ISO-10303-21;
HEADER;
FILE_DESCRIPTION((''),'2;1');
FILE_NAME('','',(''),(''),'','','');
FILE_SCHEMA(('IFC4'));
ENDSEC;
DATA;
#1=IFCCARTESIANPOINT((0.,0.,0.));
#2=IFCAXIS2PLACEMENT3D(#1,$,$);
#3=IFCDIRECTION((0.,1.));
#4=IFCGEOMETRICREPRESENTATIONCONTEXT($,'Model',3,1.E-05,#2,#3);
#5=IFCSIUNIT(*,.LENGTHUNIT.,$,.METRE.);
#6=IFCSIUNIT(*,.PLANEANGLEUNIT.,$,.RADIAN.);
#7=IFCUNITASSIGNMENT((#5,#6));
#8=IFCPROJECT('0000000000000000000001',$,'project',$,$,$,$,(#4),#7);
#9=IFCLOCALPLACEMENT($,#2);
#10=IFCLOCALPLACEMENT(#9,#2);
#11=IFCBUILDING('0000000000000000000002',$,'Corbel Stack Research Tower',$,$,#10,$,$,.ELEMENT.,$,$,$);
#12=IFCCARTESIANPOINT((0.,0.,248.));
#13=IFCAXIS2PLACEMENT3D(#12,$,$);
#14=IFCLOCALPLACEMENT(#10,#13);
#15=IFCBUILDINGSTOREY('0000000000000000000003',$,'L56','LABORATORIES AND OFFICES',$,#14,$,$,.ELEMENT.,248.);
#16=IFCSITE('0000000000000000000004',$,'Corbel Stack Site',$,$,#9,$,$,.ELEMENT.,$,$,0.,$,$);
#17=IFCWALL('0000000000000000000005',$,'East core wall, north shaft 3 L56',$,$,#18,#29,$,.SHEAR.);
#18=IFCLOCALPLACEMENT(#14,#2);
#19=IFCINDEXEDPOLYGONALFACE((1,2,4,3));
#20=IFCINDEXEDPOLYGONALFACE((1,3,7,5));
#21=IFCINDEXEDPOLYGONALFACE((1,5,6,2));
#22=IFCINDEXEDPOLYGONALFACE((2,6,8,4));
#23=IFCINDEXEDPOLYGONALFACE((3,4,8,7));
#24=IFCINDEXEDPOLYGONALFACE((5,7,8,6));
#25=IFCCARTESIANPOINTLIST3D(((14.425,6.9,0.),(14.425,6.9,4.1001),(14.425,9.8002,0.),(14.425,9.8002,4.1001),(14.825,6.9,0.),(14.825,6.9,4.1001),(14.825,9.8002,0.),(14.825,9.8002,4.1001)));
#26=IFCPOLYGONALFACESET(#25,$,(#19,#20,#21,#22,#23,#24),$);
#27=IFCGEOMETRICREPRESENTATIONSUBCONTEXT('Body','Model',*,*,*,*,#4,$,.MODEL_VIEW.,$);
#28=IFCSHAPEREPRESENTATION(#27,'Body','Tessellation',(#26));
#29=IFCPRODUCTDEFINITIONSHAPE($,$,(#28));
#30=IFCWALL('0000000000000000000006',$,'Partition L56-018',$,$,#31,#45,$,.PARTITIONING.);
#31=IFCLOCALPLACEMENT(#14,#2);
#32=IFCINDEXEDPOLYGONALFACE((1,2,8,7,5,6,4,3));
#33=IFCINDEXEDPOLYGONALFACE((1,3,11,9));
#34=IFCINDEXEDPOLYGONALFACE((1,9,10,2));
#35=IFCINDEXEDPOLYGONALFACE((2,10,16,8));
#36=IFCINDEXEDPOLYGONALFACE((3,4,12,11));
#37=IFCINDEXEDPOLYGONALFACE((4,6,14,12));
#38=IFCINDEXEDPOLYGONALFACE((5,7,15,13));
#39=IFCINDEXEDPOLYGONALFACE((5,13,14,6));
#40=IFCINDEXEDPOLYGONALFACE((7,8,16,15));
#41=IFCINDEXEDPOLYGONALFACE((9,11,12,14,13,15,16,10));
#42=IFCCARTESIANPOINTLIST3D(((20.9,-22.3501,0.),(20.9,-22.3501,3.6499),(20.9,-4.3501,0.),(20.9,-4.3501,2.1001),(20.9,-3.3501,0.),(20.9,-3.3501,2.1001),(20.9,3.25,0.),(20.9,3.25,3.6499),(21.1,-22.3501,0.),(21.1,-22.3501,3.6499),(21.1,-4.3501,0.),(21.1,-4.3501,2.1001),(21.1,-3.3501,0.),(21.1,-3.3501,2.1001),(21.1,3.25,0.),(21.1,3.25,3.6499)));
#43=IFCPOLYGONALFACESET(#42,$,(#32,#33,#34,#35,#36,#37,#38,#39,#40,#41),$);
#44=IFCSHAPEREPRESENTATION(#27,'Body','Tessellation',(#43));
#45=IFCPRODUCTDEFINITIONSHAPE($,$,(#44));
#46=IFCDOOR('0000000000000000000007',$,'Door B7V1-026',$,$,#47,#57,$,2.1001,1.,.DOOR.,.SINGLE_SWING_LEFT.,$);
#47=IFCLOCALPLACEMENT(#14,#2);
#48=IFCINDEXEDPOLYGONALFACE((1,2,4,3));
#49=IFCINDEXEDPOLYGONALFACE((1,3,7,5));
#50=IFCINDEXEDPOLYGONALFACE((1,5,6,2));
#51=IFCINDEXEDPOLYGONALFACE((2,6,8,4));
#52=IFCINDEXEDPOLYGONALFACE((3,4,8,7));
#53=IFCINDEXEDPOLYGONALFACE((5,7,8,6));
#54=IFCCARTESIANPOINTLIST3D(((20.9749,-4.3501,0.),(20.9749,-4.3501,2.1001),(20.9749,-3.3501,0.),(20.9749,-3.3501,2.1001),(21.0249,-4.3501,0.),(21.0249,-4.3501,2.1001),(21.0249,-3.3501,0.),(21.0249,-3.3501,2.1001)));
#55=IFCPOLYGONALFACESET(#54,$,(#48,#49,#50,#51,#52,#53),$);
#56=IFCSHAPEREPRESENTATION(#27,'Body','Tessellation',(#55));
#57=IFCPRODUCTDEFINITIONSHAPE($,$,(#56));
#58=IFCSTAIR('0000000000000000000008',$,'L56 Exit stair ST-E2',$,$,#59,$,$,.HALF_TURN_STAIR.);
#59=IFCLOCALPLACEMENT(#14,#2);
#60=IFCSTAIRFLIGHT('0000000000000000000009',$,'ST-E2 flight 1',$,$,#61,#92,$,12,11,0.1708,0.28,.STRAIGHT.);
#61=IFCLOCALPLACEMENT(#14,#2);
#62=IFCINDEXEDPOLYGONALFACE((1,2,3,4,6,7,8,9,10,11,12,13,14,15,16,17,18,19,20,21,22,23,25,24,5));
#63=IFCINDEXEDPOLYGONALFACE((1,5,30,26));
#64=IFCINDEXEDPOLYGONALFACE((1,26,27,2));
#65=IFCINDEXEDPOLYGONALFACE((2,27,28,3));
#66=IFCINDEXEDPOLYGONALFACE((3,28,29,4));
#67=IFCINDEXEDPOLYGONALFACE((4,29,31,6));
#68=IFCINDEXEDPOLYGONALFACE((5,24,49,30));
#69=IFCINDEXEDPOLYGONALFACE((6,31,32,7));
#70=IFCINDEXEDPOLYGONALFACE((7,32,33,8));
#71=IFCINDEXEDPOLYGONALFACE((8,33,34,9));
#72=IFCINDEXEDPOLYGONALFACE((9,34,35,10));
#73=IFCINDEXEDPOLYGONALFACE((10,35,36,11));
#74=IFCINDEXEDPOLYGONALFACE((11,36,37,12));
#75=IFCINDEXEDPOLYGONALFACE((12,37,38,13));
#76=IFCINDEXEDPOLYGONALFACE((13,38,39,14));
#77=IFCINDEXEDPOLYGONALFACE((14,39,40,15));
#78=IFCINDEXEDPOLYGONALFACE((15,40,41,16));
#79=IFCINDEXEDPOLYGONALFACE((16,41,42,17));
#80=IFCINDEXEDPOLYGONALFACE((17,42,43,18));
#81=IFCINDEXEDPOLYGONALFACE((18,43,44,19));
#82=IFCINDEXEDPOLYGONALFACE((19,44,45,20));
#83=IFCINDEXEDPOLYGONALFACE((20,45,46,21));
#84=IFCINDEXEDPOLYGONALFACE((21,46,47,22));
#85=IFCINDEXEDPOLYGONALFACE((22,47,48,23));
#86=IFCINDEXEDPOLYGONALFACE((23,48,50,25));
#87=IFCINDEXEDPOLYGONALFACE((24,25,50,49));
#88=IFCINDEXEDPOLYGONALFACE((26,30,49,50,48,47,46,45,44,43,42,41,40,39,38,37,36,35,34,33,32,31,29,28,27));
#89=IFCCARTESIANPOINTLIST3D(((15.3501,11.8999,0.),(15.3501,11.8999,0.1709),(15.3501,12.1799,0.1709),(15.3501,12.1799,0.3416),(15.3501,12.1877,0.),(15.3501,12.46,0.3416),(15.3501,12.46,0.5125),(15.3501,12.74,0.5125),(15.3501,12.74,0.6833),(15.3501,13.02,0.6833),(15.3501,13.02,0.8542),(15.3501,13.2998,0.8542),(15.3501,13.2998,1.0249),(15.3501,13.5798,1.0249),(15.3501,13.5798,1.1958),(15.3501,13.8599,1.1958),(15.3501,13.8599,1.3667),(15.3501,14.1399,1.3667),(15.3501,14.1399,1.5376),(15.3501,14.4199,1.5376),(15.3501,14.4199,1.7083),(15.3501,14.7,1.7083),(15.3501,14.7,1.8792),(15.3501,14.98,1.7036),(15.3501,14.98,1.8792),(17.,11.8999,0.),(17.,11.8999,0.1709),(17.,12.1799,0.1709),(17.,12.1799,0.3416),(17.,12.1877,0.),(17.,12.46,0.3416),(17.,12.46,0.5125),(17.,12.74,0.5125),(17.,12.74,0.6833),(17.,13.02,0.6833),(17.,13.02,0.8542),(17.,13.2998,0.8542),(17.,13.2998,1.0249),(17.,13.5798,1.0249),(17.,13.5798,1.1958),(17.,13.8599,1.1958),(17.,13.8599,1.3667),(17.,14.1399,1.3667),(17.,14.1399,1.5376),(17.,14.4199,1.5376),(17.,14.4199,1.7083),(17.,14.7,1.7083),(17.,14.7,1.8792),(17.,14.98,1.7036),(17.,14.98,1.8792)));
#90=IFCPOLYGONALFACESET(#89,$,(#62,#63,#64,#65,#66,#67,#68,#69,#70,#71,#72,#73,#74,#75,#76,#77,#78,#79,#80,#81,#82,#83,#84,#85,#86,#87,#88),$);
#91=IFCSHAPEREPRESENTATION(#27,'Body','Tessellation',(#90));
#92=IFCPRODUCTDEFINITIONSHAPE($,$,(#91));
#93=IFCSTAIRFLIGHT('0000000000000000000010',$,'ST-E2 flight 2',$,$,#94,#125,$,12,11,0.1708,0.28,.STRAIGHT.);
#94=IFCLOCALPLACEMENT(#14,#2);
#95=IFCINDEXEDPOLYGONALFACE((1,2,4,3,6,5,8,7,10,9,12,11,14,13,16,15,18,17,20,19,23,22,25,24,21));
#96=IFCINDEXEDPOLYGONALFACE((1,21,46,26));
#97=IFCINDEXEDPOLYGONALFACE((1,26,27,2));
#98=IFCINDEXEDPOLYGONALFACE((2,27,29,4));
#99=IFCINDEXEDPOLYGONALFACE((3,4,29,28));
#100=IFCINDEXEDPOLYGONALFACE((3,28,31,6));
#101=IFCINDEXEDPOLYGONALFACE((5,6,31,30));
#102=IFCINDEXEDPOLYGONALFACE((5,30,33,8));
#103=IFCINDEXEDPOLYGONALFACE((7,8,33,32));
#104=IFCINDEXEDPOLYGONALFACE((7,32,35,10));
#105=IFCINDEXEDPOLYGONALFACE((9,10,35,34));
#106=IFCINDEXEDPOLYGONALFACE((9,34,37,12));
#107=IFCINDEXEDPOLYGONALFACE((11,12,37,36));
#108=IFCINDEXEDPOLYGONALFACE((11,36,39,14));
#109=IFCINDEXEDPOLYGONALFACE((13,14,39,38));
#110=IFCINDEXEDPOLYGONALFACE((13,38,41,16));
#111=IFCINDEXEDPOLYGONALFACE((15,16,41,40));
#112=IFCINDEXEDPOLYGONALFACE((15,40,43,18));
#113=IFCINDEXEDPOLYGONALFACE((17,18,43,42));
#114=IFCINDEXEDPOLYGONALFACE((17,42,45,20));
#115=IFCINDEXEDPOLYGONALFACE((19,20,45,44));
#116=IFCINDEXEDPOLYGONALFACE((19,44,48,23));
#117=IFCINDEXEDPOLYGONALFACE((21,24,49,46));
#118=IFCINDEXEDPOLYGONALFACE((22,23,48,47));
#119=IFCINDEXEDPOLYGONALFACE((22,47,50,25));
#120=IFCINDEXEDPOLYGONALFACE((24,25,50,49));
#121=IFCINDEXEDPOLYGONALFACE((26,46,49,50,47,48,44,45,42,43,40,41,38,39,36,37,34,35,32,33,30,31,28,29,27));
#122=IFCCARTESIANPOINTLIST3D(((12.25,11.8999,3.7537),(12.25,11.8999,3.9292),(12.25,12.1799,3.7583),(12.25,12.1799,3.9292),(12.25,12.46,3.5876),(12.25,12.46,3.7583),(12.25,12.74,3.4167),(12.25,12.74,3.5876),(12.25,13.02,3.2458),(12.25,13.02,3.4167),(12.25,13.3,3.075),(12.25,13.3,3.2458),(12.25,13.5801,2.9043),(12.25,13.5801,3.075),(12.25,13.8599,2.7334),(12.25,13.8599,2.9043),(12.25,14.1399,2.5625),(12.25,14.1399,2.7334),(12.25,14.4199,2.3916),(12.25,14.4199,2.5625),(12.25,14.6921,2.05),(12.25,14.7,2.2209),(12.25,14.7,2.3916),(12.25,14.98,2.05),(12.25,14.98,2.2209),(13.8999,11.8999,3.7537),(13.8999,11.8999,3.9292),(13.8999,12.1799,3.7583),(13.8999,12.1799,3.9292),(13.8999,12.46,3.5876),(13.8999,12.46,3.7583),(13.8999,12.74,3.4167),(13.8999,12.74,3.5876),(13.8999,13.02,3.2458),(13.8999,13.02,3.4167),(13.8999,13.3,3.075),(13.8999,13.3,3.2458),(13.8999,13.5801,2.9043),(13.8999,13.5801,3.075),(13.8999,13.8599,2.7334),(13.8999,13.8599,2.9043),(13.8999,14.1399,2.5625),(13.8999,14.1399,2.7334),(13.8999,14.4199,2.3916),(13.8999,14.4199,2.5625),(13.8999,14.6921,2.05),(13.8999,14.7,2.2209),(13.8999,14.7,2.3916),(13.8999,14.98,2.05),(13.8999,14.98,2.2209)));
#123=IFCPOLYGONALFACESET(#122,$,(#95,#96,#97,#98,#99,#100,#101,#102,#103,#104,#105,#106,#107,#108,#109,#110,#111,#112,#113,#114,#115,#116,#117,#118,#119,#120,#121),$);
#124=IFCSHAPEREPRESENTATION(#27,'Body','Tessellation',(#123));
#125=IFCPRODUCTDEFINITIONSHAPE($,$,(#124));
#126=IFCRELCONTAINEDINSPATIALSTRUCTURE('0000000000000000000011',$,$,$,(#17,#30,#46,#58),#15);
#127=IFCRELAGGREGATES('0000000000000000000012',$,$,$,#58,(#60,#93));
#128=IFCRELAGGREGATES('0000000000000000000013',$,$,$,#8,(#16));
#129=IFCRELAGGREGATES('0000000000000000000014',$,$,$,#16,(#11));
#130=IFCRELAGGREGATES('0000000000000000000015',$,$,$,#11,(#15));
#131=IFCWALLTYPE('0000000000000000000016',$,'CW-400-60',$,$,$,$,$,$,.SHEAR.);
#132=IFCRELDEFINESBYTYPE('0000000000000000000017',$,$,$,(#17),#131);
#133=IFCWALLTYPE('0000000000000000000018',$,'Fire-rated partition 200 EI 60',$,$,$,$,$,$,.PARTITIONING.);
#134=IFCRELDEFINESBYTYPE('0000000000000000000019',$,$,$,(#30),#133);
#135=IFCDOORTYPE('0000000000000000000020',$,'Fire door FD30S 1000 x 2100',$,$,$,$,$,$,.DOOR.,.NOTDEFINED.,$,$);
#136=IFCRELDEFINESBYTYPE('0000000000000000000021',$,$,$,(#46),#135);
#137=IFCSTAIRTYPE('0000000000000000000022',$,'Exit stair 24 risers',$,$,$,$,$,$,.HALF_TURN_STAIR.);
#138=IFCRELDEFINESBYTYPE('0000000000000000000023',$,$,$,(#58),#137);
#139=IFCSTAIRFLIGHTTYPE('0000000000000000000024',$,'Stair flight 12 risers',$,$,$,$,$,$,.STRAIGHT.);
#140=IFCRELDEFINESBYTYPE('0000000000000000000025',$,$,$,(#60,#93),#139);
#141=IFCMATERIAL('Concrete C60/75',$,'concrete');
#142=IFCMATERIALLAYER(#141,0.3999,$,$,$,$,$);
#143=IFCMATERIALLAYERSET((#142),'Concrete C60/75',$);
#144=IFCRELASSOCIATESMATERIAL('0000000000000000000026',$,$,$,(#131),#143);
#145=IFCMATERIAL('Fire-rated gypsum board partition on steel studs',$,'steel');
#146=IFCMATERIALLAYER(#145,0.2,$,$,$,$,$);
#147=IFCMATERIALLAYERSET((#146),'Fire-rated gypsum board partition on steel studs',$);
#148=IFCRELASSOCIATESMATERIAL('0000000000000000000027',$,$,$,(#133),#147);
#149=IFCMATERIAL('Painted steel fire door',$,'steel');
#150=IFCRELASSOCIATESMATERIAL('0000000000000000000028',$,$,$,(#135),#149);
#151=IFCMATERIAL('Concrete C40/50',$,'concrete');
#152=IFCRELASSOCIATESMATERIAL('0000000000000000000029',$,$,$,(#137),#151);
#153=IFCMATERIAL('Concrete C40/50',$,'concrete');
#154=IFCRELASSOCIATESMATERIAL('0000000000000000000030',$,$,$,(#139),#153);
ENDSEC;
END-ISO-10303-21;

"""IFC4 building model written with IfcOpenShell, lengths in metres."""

from ifc_helpers import new_model, si_unit, direction, frame, frame_2d, origin, place, context, subcontext, project, spatial, polyline, rectangle, outline, extrude, material, layer, layer_set, type_object, element, fill, aggregate, save


model = new_model("IFC4")

# Units and contexts
model_context = context("Model", 3, precision=1e-05, world=origin(), true_north=direction((0.0, 1.0)))
body_context = subcontext(model_context, "Body", "Model", "MODEL_VIEW")
ifc_project = project(units=[si_unit("LENGTHUNIT", "METRE"), si_unit("PLANEANGLEUNIT", "RADIAN")], contexts=[model_context])

# Site, building, storey
site_placement = place(None, origin())
site = spatial("IfcSite", under=ifc_project, at=site_placement, Name="Corbel Stack Site", CompositionType="ELEMENT", RefElevation=0.0)
building_placement = place(site_placement, origin())
building = spatial("IfcBuilding", under=site, at=building_placement, Name="Corbel Stack Research Tower", CompositionType="ELEMENT")
storey_placement = place(building_placement, frame((0.0, 0.0, 248.0)))
storey = spatial("IfcBuildingStorey", under=building, at=storey_placement, Name="L56", Description="LABORATORIES AND OFFICES", CompositionType="ELEMENT", Elevation=248.0)

# Wall
ifc_material_1 = material(Name="Concrete C60/75", Category="concrete")
ifc_layer_1 = layer(ifc_material_1, 0.3999)
ifc_layer_set_1 = layer_set([ifc_layer_1], Name="Concrete C60/75")
wall_type_1 = type_object("IfcWallType", Name="CW-400-60", PredefinedType="SHEAR", material=ifc_layer_set_1)
wall_1_placement = place(storey_placement, frame((14.625, 6.8999, 0.0), z_axis=(0.0, 0.0, 1.0), x_axis=(0.0, 1.0, 0.0)))
element("IfcWall", 1, at=wall_1_placement, inside=storey, type_object=wall_type_1, Name="East core wall, north shaft 3 L56", PredefinedType="SHEAR", context=body_context, shape_type="SweptSolid", body=[
    extrude(rectangle(XDim=2.9001, YDim=0.3999, at=frame_2d((1.4502, 0.0))), origin(), (0.0, 0.0, 1.0), 4.1001),
])

# Wall, opening, door
ifc_material_2 = material(Name="Fire-rated gypsum board partition on steel studs", Category="steel")
ifc_layer_2 = layer(ifc_material_2, 0.2)
ifc_layer_set_2 = layer_set([ifc_layer_2], Name="Fire-rated gypsum board partition on steel studs")
wall_type_2 = type_object("IfcWallType", Name="Fire-rated partition 200 EI 60", PredefinedType="PARTITIONING", material=ifc_layer_set_2)
wall_2_placement = place(storey_placement, frame((21.0, 3.25, 0.0), z_axis=(0.0, 0.0, 1.0), x_axis=(0.0, -1.0, 0.0)))
wall_2 = element("IfcWall", 2, at=wall_2_placement, inside=storey, type_object=wall_type_2, Name="Partition L56-018", PredefinedType="PARTITIONING", context=body_context, shape_type="SweptSolid", body=[
    extrude(rectangle(XDim=25.6001, YDim=0.2, at=frame_2d((12.8, 0.0))), origin(), (0.0, 0.0, 1.0), 3.6499),
])
opening_placement = place(wall_2_placement, frame((6.6001, 0.0, 0.0)))
opening = element("IfcOpeningElement", 3, at=opening_placement, cuts=wall_2, PredefinedType="OPENING", context=body_context, shape_type="SweptSolid", body=[
    extrude(rectangle(XDim=1.0, YDim=2.1001, at=frame_2d((0.5, 1.05))), frame((0.0, 0.1099, 0.0), z_axis=(0.0, -1.0, 0.0), x_axis=(1.0, 0.0, 0.0)), (0.0, 0.0, 1.0), 0.22),
])
ifc_material_3 = material(Name="Painted steel fire door", Category="steel")
door_type = type_object("IfcDoorType", Name="Fire door FD30S 1000 x 2100", OperationType="NOTDEFINED", PredefinedType="DOOR", material=ifc_material_3)
door_placement = place(opening_placement, origin())
door = element("IfcDoor", 4, at=door_placement, inside=storey, type_object=door_type, Name="Door B7V1-026", OperationType="SINGLE_SWING_LEFT", OverallHeight=2.1001, OverallWidth=1.0, PredefinedType="DOOR", context=body_context, shape_type="SweptSolid", body=[
    extrude(rectangle(XDim=1.0, YDim=2.1001, at=frame_2d((0.5, 1.05))), frame((0.0, 0.0249, 0.0), z_axis=(0.0, -1.0, 0.0), x_axis=(1.0, 0.0, 0.0)), (0.0, 0.0, 1.0), 0.05),
])
fill(opening, door)

# Stair, stair flights
ifc_material_4 = material(Name="Concrete C40/50", Category="concrete")
stair_type = type_object("IfcStairType", Name="Exit stair 24 risers", PredefinedType="HALF_TURN_STAIR", material=ifc_material_4)
stair_placement = place(storey_placement, origin())
stair = element("IfcStair", 5, at=stair_placement, inside=storey, type_object=stair_type, Name="L56 Exit stair ST-E2", PredefinedType="HALF_TURN_STAIR")
ifc_material_5 = material(Name="Concrete C40/50", Category="concrete")
stair_flight_type = type_object("IfcStairFlightType", Name="Stair flight 12 risers", PredefinedType="STRAIGHT", material=ifc_material_5)
stair_flight_1_placement = place(storey_placement, frame((16.175, 11.8999, 0.0), z_axis=(0.0, 0.0, 1.0), x_axis=(0.0, 1.0, 0.0)))
stair_flight_1 = element("IfcStairFlight", 6, at=stair_flight_1_placement, type_object=stair_flight_type, Name="ST-E2 flight 1", NumberOfRisers=12, NumberOfTreads=11, PredefinedType="STRAIGHT", RiserHeight=0.1708, TreadLength=0.28, context=body_context, shape_type="SweptSolid", body=[
    extrude(outline(polyline([(0.0, 0.0), (0.0, 0.1709), (0.28, 0.1709), (0.28, 0.3416), (0.5601, 0.3416), (0.5601, 0.5125), (0.8401, 0.5125), (0.8401, 0.6833), (1.1201, 0.6833), (1.1201, 0.8542), (1.3999, 0.8542), (1.3999, 1.0249), (1.6799, 1.0249), (1.6799, 1.1958), (1.96, 1.1958), (1.96, 1.3667), (2.24, 1.3667), (2.24, 1.5376), (2.52, 1.5376), (2.52, 1.7083), (2.8, 1.7083), (2.8, 1.8792), (3.0801, 1.8792), (3.0801, 2.05), (3.0801, 1.7036), (0.2878, 0.0), (0.0, 0.0)])), frame((0.0, 0.825, 0.0), z_axis=(0.0, -1.0, 0.0), x_axis=(1.0, 0.0, 0.0)), (0.0, 0.0, 1.0), 1.6499),
])
stair_flight_2_placement = place(storey_placement, frame((13.075, 14.98, 2.05), z_axis=(0.0, 0.0, 1.0), x_axis=(0.0, -1.0, 0.0)))
stair_flight_2 = element("IfcStairFlight", 7, at=stair_flight_2_placement, type_object=stair_flight_type, Name="ST-E2 flight 2", NumberOfRisers=12, NumberOfTreads=11, PredefinedType="STRAIGHT", RiserHeight=0.1708, TreadLength=0.28, context=body_context, shape_type="SweptSolid", body=[
    extrude(outline(polyline([(0.0, 0.0), (0.0, 0.1709), (0.28, 0.1709), (0.28, 0.3416), (0.5601, 0.3416), (0.5601, 0.5125), (0.8401, 0.5125), (0.8401, 0.6833), (1.1201, 0.6833), (1.1201, 0.8542), (1.3999, 0.8542), (1.3999, 1.0249), (1.6799, 1.0249), (1.6799, 1.1958), (1.96, 1.1958), (1.96, 1.3667), (2.24, 1.3667), (2.24, 1.5376), (2.52, 1.5376), (2.52, 1.7083), (2.8, 1.7083), (2.8, 1.8792), (3.0801, 1.8792), (3.0801, 2.05), (3.0801, 1.7036), (0.2878, 0.0), (0.0, 0.0)])), frame((0.0, 0.825, 0.0), z_axis=(0.0, -1.0, 0.0), x_axis=(1.0, 0.0, 0.0)), (0.0, 0.0, 1.0), 1.6499),
])
aggregate(stair, [stair_flight_1, stair_flight_2])

save(model, "model.ifc")
